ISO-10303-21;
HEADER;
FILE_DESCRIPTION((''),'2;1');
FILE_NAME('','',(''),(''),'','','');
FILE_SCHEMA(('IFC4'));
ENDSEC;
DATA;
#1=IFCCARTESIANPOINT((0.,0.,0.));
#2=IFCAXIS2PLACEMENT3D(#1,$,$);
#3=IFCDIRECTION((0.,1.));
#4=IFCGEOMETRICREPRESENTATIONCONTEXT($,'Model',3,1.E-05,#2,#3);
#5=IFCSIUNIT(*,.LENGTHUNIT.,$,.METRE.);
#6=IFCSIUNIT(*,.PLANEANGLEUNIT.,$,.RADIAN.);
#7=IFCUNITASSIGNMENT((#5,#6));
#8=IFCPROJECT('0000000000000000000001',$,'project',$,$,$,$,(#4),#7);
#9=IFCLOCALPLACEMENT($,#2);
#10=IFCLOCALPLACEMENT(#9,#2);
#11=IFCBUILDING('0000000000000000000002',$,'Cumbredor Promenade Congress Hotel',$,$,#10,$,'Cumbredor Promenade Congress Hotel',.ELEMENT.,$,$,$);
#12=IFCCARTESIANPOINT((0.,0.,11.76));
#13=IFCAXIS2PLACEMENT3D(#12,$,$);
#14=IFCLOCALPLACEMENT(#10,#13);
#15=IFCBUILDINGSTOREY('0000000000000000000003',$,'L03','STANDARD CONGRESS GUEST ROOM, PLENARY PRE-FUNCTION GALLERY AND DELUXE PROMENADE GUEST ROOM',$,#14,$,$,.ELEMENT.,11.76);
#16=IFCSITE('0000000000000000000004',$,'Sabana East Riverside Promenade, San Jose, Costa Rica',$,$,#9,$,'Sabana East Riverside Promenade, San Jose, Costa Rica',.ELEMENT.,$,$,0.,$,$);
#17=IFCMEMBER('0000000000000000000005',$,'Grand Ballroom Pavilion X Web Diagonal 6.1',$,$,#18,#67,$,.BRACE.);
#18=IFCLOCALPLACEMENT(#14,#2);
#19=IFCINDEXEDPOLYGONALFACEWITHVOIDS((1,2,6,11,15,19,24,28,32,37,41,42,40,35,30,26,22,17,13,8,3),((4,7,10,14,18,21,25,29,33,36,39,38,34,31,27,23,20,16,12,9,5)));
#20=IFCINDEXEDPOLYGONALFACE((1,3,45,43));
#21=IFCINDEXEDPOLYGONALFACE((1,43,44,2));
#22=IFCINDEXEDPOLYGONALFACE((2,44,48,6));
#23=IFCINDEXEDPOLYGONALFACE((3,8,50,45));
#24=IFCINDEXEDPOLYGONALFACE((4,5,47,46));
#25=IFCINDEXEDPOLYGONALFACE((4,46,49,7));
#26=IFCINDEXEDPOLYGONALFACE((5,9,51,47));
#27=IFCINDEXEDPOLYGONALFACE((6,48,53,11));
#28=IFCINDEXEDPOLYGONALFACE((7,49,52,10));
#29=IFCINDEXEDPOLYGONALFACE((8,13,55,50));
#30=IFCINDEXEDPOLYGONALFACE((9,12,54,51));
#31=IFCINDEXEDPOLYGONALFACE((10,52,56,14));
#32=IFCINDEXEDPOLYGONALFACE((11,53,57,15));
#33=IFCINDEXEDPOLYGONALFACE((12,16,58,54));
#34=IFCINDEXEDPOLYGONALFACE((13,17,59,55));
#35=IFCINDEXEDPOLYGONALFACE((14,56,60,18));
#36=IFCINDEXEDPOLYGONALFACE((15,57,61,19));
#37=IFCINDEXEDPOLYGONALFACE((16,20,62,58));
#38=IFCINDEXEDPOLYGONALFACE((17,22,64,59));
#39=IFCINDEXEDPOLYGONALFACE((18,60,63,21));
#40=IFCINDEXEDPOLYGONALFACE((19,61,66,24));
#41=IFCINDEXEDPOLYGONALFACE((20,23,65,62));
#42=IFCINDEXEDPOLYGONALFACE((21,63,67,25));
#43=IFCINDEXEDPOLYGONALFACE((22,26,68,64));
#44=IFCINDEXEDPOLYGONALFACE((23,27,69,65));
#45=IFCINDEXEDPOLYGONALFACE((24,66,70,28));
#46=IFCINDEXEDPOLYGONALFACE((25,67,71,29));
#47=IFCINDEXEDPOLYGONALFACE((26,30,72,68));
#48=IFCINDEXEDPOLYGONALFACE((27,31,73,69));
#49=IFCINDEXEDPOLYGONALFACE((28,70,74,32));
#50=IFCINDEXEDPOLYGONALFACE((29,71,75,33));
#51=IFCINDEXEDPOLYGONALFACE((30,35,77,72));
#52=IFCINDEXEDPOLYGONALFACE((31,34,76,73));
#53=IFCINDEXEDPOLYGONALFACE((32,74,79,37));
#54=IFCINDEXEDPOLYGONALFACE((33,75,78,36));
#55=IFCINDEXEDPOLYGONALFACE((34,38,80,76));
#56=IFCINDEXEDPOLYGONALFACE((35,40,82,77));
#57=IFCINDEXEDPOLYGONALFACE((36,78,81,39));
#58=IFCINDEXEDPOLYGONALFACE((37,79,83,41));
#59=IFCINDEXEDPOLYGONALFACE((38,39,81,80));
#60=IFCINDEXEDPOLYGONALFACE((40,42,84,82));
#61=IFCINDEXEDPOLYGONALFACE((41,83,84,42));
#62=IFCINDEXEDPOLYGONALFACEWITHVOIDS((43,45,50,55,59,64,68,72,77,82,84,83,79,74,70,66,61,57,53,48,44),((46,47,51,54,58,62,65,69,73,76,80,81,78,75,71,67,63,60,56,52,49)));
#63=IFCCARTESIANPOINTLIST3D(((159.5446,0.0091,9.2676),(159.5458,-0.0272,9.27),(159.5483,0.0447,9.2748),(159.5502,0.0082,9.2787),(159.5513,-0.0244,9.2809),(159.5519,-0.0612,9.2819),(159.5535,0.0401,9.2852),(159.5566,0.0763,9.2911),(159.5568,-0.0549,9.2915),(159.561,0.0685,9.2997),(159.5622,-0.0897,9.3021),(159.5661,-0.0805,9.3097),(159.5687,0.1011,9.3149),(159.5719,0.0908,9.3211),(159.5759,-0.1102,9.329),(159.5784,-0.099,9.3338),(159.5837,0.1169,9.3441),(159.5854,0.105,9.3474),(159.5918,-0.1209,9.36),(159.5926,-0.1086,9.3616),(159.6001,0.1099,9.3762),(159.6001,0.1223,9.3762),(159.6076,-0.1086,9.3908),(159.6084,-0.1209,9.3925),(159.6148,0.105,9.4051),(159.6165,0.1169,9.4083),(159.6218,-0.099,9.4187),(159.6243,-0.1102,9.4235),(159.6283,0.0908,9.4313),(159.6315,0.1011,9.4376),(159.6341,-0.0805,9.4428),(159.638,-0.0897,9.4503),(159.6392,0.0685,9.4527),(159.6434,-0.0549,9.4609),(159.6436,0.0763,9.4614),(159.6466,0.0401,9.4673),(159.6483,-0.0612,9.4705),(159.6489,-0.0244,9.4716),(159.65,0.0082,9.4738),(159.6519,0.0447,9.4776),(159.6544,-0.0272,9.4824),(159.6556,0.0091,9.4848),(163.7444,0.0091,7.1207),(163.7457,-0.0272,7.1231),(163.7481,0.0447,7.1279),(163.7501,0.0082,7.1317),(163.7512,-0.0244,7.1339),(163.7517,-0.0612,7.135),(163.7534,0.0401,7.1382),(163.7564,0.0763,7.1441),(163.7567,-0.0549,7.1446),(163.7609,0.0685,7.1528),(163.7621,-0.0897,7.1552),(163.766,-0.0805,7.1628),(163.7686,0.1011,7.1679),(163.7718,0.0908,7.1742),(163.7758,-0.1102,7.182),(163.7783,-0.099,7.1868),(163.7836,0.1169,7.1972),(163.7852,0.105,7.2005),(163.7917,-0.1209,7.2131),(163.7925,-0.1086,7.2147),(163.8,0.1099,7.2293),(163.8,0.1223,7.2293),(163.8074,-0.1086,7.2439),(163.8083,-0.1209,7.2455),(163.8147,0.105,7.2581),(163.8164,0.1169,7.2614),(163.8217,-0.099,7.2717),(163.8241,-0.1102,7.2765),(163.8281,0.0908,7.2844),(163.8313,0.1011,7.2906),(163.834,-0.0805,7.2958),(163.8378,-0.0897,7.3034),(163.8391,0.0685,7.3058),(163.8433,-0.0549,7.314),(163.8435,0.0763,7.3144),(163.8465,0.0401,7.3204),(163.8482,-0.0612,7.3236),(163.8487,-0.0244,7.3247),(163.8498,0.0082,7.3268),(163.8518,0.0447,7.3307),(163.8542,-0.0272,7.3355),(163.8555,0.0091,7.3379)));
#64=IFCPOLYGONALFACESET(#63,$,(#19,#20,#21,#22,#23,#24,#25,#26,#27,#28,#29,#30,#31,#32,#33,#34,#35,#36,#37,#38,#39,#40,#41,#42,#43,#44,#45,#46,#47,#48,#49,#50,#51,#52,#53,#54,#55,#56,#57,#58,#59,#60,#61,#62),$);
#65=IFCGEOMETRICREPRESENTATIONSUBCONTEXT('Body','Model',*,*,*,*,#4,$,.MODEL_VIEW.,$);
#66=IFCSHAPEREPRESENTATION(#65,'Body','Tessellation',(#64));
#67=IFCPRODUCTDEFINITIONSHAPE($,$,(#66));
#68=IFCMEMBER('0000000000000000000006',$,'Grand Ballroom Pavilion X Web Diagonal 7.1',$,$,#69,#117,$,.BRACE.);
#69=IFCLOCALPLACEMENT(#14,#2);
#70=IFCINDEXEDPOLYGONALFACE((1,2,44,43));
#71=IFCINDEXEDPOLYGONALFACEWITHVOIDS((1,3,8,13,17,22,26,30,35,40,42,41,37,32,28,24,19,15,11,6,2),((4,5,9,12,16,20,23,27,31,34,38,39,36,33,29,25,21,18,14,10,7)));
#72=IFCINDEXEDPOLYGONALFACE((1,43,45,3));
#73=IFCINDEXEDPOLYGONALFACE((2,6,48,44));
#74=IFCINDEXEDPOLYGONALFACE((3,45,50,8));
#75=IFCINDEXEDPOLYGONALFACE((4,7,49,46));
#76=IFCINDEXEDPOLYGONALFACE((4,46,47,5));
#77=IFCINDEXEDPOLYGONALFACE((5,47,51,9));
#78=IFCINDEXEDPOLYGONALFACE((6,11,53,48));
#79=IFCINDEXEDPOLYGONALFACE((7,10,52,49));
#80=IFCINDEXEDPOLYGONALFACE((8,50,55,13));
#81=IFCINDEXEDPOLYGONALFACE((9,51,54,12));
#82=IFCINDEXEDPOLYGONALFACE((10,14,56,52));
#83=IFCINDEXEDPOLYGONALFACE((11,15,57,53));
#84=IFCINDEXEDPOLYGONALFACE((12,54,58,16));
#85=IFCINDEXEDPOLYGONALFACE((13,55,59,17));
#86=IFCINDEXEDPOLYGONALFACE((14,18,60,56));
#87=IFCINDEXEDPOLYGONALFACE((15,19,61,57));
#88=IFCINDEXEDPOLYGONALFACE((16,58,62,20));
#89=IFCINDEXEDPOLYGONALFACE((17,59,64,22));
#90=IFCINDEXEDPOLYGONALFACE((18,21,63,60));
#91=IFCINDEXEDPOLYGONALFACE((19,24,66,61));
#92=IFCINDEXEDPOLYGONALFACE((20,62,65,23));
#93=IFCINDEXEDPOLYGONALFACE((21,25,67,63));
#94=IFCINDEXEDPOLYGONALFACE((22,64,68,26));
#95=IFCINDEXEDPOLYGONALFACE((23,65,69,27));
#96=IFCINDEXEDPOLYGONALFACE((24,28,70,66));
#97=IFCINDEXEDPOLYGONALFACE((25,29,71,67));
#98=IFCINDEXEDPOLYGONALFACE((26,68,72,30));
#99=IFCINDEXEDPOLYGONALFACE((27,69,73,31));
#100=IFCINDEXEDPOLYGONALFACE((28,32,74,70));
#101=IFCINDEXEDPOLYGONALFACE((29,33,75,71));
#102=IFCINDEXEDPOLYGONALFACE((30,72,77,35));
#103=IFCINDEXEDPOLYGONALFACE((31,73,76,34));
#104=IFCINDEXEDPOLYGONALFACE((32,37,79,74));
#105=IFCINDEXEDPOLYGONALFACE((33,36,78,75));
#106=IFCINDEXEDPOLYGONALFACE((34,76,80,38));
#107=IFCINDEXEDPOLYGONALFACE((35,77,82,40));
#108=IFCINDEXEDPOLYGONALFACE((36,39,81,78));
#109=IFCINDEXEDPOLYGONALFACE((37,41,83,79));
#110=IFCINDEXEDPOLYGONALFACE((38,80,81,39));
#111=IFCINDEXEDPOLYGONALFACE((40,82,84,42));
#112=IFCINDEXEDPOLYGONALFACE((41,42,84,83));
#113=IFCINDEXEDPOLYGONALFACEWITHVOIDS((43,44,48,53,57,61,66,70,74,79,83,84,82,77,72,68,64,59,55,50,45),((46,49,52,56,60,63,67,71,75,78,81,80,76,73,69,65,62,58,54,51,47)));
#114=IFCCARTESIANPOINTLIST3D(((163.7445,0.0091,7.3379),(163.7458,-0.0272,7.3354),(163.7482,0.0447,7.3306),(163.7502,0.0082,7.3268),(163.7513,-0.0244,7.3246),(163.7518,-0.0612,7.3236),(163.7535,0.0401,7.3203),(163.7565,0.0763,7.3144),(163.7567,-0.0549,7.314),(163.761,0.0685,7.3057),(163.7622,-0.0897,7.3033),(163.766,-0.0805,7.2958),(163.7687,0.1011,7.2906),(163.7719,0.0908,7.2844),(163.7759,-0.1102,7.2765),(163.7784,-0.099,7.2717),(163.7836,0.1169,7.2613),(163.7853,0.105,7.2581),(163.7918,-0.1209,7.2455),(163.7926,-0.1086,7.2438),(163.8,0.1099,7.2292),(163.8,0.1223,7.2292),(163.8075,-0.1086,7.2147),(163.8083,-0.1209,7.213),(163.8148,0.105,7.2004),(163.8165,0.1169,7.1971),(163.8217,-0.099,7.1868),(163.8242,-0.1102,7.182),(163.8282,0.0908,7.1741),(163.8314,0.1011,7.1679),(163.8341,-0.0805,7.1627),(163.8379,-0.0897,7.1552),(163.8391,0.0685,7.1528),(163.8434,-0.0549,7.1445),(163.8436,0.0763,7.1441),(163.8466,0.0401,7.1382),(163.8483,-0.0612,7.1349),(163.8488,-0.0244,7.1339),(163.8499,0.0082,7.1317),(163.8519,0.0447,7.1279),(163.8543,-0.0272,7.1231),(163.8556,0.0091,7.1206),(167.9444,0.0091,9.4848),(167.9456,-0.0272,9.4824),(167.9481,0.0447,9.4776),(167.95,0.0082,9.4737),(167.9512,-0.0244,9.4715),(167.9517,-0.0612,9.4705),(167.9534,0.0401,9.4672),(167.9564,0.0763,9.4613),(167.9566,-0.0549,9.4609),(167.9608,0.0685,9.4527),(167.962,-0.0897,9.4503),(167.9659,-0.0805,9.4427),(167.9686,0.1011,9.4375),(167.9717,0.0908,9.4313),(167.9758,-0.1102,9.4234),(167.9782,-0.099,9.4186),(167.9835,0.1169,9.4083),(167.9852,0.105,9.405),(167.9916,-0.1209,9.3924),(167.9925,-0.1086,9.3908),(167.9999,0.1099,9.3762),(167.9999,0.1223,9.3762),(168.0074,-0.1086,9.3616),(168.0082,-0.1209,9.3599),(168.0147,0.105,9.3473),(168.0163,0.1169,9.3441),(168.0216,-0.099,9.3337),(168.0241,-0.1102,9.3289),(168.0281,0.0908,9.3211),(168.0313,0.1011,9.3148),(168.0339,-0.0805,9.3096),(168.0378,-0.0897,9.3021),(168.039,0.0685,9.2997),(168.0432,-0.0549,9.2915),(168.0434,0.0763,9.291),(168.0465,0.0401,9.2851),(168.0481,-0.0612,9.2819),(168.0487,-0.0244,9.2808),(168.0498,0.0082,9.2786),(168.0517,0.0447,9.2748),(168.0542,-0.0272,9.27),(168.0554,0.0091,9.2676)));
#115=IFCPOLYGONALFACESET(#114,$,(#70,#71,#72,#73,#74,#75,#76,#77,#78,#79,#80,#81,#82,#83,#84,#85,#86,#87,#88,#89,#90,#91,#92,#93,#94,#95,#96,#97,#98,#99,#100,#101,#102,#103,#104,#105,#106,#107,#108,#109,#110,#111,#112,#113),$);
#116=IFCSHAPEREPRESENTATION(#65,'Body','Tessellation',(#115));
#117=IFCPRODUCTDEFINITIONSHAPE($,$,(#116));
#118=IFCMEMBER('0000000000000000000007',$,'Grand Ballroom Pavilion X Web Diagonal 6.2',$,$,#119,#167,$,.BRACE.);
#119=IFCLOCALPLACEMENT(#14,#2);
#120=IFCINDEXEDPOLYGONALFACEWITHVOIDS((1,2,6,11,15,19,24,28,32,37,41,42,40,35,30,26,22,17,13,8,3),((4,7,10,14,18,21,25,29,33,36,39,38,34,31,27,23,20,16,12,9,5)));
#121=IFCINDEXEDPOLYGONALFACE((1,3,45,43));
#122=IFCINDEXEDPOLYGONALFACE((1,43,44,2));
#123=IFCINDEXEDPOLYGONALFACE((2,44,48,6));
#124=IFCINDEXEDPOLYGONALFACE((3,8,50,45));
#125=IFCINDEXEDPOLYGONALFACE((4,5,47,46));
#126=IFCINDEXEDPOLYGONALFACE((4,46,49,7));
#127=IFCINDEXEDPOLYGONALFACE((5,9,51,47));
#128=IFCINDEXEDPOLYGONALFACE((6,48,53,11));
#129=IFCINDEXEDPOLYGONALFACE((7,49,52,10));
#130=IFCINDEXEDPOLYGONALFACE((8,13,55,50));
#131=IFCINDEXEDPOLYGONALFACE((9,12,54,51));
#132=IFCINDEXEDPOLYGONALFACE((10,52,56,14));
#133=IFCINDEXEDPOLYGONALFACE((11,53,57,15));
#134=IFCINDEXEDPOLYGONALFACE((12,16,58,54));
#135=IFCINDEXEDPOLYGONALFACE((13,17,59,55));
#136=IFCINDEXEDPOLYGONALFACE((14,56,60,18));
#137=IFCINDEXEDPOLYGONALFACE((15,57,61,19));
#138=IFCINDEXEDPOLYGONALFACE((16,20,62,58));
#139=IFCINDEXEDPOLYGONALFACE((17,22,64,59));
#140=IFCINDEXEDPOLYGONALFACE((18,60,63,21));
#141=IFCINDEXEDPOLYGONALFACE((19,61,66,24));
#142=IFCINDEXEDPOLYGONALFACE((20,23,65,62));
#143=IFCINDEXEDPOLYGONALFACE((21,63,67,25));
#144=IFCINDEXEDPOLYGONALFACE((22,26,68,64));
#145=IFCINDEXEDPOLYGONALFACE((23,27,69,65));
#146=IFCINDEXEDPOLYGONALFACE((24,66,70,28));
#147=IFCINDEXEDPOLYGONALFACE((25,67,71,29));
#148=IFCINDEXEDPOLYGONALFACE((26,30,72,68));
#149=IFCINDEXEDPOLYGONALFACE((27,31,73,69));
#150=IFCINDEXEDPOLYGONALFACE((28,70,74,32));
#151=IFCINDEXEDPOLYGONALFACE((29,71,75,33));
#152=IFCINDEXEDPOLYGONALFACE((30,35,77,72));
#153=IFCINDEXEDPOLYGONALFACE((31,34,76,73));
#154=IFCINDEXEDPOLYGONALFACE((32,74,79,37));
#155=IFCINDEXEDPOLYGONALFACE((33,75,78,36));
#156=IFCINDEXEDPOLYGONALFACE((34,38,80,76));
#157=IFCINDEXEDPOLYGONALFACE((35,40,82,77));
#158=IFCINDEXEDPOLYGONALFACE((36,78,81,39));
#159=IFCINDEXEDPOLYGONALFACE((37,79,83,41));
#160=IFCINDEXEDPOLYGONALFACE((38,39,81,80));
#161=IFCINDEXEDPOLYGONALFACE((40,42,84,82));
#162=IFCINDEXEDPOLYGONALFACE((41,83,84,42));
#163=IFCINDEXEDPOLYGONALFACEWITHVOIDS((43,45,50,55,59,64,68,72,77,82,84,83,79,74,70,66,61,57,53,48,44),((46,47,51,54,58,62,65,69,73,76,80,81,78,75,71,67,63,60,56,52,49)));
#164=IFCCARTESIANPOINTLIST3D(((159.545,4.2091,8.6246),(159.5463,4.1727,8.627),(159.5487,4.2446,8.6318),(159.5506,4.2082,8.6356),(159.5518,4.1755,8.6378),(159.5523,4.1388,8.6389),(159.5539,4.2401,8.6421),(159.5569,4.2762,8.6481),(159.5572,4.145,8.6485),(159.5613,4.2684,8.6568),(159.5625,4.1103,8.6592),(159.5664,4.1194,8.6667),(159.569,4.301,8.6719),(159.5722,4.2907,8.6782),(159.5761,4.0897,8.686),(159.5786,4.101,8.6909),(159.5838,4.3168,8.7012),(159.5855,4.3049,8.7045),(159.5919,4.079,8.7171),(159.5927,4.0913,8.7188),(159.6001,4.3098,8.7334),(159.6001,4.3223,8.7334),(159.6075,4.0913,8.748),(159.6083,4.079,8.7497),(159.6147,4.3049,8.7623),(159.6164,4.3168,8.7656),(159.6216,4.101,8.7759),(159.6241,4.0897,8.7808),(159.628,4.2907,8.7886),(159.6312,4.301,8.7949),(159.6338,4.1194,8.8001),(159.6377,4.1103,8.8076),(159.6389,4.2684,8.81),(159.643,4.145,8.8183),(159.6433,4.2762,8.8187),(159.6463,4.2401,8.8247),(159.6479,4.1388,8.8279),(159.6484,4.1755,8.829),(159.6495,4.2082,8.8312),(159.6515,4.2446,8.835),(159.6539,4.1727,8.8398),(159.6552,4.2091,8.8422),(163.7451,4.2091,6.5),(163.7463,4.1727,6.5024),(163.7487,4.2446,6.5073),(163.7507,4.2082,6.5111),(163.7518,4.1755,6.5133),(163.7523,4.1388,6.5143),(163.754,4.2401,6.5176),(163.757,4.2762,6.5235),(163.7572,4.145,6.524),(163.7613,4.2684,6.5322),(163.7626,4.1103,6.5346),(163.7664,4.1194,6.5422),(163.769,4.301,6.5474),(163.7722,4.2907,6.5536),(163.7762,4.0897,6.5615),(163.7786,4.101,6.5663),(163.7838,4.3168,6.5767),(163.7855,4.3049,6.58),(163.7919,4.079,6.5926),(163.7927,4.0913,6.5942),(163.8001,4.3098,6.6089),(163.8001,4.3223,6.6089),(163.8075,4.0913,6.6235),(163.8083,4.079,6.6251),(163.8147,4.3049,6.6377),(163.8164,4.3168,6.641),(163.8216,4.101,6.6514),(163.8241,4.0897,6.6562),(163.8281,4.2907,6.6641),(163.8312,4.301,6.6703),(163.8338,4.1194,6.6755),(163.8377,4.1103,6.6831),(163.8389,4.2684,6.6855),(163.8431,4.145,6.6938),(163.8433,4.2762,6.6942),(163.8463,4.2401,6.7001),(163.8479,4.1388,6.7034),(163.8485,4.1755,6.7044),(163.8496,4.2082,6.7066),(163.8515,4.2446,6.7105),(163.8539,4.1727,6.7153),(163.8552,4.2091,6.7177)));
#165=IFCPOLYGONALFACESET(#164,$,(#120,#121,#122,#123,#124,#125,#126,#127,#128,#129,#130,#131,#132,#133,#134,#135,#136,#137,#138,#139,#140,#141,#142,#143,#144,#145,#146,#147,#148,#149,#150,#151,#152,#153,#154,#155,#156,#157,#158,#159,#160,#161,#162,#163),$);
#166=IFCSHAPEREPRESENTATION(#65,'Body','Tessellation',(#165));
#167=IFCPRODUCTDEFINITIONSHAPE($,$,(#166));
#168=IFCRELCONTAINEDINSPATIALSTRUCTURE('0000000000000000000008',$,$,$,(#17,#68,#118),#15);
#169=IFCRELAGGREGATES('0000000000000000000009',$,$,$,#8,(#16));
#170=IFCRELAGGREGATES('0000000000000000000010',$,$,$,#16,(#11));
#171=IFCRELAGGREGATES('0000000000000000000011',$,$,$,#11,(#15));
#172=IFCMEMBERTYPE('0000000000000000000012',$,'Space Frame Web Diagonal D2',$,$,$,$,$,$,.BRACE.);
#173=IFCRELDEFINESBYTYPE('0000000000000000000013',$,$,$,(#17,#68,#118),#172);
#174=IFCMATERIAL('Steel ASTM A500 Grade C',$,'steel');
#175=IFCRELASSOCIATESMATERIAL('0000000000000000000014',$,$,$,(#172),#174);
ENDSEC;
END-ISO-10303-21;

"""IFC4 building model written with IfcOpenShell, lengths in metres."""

from ifc_helpers import new_model, si_unit, direction, frame, origin, origin_2d, place, context, subcontext, project, spatial, hollow_circle, extrude, material, material_profile, profile_set, type_object, element, save


model = new_model("IFC4")

# Units and contexts
model_context = context("Model", 3, precision=1e-05, world=origin(), true_north=direction((0.0, 1.0)))
body_context = subcontext(model_context, "Body", "Model", "MODEL_VIEW")
ifc_project = project(units=[si_unit("LENGTHUNIT", "METRE"), si_unit("PLANEANGLEUNIT", "RADIAN")], contexts=[model_context])

# Site, building, storey
site_placement = place(None, origin())
site = spatial("IfcSite", under=ifc_project, at=site_placement, Name="Sabana East Riverside Promenade, San Jose, Costa Rica", LongName="Sabana East Riverside Promenade, San Jose, Costa Rica", CompositionType="ELEMENT", RefElevation=0.0)
building_placement = place(site_placement, origin())
building = spatial("IfcBuilding", under=site, at=building_placement, Name="Cumbredor Promenade Congress Hotel", LongName="Cumbredor Promenade Congress Hotel", CompositionType="ELEMENT")
storey_placement = place(building_placement, frame((0.0, 0.0, 11.76)))
storey = spatial("IfcBuildingStorey", under=building, at=storey_placement, Name="L03", Description="STANDARD CONGRESS GUEST ROOM, PLENARY PRE-FUNCTION GALLERY AND DELUXE PROMENADE GUEST ROOM", CompositionType="ELEMENT", Elevation=11.76)

# Shared definitions
ifc_material_1 = material(Name="Steel ASTM A500 Grade C", Category="steel")

# Members
ifc_material_profile_1 = material_profile(ifc_material_1, hollow_circle(Radius=0.1223, WallThickness=0.0125, at=origin_2d()), Name="CHS 244.5x12.5")
ifc_profile_set_1 = profile_set([ifc_material_profile_1], Name="Steel ASTM A500 Grade C")
member_type_1 = type_object("IfcMemberType", Name="Space Frame Web Diagonal D2", PredefinedType="BRACE", material=ifc_profile_set_1)
for number, where, z_axis, x_axis, name in (
    (1, (159.6001, 0.0, 9.3762), (0.890406, 0.0, -0.455167), (0.0, 1.0, 0.0), "Grand Ballroom Pavilion X Web Diagonal 6.1"),
    (2, (163.8, 0.0, 7.2292), (0.890406, 0.0, 0.455167), (0.0, 1.0, 0.0), "Grand Ballroom Pavilion X Web Diagonal 7.1"),
):
    element("IfcMember", number, at=place(storey_placement, frame(where, z_axis=z_axis, x_axis=x_axis)), inside=storey, type_object=member_type_1, Name=name, PredefinedType="BRACE", context=body_context, shape_type="SweptSolid", body=[
        extrude(hollow_circle(Radius=0.1223, WallThickness=0.0125, at=origin_2d()), origin(), (0.0, 0.0, 1.0), 4.7168),
    ])
member_1_placement = place(storey_placement, frame((159.6001, 4.2, 8.7334), z_axis=(0.892332, 0.0, -0.451379), x_axis=(0.0, 1.0, 0.0)))
element("IfcMember", 3, at=member_1_placement, inside=storey, type_object=member_type_1, Name="Grand Ballroom Pavilion X Web Diagonal 6.2", PredefinedType="BRACE", context=body_context, shape_type="SweptSolid", body=[
    extrude(hollow_circle(Radius=0.1223, WallThickness=0.0125, at=origin_2d()), origin(), (0.0, 0.0, 1.0), 4.7068),
])

save(model, "model.ifc")
